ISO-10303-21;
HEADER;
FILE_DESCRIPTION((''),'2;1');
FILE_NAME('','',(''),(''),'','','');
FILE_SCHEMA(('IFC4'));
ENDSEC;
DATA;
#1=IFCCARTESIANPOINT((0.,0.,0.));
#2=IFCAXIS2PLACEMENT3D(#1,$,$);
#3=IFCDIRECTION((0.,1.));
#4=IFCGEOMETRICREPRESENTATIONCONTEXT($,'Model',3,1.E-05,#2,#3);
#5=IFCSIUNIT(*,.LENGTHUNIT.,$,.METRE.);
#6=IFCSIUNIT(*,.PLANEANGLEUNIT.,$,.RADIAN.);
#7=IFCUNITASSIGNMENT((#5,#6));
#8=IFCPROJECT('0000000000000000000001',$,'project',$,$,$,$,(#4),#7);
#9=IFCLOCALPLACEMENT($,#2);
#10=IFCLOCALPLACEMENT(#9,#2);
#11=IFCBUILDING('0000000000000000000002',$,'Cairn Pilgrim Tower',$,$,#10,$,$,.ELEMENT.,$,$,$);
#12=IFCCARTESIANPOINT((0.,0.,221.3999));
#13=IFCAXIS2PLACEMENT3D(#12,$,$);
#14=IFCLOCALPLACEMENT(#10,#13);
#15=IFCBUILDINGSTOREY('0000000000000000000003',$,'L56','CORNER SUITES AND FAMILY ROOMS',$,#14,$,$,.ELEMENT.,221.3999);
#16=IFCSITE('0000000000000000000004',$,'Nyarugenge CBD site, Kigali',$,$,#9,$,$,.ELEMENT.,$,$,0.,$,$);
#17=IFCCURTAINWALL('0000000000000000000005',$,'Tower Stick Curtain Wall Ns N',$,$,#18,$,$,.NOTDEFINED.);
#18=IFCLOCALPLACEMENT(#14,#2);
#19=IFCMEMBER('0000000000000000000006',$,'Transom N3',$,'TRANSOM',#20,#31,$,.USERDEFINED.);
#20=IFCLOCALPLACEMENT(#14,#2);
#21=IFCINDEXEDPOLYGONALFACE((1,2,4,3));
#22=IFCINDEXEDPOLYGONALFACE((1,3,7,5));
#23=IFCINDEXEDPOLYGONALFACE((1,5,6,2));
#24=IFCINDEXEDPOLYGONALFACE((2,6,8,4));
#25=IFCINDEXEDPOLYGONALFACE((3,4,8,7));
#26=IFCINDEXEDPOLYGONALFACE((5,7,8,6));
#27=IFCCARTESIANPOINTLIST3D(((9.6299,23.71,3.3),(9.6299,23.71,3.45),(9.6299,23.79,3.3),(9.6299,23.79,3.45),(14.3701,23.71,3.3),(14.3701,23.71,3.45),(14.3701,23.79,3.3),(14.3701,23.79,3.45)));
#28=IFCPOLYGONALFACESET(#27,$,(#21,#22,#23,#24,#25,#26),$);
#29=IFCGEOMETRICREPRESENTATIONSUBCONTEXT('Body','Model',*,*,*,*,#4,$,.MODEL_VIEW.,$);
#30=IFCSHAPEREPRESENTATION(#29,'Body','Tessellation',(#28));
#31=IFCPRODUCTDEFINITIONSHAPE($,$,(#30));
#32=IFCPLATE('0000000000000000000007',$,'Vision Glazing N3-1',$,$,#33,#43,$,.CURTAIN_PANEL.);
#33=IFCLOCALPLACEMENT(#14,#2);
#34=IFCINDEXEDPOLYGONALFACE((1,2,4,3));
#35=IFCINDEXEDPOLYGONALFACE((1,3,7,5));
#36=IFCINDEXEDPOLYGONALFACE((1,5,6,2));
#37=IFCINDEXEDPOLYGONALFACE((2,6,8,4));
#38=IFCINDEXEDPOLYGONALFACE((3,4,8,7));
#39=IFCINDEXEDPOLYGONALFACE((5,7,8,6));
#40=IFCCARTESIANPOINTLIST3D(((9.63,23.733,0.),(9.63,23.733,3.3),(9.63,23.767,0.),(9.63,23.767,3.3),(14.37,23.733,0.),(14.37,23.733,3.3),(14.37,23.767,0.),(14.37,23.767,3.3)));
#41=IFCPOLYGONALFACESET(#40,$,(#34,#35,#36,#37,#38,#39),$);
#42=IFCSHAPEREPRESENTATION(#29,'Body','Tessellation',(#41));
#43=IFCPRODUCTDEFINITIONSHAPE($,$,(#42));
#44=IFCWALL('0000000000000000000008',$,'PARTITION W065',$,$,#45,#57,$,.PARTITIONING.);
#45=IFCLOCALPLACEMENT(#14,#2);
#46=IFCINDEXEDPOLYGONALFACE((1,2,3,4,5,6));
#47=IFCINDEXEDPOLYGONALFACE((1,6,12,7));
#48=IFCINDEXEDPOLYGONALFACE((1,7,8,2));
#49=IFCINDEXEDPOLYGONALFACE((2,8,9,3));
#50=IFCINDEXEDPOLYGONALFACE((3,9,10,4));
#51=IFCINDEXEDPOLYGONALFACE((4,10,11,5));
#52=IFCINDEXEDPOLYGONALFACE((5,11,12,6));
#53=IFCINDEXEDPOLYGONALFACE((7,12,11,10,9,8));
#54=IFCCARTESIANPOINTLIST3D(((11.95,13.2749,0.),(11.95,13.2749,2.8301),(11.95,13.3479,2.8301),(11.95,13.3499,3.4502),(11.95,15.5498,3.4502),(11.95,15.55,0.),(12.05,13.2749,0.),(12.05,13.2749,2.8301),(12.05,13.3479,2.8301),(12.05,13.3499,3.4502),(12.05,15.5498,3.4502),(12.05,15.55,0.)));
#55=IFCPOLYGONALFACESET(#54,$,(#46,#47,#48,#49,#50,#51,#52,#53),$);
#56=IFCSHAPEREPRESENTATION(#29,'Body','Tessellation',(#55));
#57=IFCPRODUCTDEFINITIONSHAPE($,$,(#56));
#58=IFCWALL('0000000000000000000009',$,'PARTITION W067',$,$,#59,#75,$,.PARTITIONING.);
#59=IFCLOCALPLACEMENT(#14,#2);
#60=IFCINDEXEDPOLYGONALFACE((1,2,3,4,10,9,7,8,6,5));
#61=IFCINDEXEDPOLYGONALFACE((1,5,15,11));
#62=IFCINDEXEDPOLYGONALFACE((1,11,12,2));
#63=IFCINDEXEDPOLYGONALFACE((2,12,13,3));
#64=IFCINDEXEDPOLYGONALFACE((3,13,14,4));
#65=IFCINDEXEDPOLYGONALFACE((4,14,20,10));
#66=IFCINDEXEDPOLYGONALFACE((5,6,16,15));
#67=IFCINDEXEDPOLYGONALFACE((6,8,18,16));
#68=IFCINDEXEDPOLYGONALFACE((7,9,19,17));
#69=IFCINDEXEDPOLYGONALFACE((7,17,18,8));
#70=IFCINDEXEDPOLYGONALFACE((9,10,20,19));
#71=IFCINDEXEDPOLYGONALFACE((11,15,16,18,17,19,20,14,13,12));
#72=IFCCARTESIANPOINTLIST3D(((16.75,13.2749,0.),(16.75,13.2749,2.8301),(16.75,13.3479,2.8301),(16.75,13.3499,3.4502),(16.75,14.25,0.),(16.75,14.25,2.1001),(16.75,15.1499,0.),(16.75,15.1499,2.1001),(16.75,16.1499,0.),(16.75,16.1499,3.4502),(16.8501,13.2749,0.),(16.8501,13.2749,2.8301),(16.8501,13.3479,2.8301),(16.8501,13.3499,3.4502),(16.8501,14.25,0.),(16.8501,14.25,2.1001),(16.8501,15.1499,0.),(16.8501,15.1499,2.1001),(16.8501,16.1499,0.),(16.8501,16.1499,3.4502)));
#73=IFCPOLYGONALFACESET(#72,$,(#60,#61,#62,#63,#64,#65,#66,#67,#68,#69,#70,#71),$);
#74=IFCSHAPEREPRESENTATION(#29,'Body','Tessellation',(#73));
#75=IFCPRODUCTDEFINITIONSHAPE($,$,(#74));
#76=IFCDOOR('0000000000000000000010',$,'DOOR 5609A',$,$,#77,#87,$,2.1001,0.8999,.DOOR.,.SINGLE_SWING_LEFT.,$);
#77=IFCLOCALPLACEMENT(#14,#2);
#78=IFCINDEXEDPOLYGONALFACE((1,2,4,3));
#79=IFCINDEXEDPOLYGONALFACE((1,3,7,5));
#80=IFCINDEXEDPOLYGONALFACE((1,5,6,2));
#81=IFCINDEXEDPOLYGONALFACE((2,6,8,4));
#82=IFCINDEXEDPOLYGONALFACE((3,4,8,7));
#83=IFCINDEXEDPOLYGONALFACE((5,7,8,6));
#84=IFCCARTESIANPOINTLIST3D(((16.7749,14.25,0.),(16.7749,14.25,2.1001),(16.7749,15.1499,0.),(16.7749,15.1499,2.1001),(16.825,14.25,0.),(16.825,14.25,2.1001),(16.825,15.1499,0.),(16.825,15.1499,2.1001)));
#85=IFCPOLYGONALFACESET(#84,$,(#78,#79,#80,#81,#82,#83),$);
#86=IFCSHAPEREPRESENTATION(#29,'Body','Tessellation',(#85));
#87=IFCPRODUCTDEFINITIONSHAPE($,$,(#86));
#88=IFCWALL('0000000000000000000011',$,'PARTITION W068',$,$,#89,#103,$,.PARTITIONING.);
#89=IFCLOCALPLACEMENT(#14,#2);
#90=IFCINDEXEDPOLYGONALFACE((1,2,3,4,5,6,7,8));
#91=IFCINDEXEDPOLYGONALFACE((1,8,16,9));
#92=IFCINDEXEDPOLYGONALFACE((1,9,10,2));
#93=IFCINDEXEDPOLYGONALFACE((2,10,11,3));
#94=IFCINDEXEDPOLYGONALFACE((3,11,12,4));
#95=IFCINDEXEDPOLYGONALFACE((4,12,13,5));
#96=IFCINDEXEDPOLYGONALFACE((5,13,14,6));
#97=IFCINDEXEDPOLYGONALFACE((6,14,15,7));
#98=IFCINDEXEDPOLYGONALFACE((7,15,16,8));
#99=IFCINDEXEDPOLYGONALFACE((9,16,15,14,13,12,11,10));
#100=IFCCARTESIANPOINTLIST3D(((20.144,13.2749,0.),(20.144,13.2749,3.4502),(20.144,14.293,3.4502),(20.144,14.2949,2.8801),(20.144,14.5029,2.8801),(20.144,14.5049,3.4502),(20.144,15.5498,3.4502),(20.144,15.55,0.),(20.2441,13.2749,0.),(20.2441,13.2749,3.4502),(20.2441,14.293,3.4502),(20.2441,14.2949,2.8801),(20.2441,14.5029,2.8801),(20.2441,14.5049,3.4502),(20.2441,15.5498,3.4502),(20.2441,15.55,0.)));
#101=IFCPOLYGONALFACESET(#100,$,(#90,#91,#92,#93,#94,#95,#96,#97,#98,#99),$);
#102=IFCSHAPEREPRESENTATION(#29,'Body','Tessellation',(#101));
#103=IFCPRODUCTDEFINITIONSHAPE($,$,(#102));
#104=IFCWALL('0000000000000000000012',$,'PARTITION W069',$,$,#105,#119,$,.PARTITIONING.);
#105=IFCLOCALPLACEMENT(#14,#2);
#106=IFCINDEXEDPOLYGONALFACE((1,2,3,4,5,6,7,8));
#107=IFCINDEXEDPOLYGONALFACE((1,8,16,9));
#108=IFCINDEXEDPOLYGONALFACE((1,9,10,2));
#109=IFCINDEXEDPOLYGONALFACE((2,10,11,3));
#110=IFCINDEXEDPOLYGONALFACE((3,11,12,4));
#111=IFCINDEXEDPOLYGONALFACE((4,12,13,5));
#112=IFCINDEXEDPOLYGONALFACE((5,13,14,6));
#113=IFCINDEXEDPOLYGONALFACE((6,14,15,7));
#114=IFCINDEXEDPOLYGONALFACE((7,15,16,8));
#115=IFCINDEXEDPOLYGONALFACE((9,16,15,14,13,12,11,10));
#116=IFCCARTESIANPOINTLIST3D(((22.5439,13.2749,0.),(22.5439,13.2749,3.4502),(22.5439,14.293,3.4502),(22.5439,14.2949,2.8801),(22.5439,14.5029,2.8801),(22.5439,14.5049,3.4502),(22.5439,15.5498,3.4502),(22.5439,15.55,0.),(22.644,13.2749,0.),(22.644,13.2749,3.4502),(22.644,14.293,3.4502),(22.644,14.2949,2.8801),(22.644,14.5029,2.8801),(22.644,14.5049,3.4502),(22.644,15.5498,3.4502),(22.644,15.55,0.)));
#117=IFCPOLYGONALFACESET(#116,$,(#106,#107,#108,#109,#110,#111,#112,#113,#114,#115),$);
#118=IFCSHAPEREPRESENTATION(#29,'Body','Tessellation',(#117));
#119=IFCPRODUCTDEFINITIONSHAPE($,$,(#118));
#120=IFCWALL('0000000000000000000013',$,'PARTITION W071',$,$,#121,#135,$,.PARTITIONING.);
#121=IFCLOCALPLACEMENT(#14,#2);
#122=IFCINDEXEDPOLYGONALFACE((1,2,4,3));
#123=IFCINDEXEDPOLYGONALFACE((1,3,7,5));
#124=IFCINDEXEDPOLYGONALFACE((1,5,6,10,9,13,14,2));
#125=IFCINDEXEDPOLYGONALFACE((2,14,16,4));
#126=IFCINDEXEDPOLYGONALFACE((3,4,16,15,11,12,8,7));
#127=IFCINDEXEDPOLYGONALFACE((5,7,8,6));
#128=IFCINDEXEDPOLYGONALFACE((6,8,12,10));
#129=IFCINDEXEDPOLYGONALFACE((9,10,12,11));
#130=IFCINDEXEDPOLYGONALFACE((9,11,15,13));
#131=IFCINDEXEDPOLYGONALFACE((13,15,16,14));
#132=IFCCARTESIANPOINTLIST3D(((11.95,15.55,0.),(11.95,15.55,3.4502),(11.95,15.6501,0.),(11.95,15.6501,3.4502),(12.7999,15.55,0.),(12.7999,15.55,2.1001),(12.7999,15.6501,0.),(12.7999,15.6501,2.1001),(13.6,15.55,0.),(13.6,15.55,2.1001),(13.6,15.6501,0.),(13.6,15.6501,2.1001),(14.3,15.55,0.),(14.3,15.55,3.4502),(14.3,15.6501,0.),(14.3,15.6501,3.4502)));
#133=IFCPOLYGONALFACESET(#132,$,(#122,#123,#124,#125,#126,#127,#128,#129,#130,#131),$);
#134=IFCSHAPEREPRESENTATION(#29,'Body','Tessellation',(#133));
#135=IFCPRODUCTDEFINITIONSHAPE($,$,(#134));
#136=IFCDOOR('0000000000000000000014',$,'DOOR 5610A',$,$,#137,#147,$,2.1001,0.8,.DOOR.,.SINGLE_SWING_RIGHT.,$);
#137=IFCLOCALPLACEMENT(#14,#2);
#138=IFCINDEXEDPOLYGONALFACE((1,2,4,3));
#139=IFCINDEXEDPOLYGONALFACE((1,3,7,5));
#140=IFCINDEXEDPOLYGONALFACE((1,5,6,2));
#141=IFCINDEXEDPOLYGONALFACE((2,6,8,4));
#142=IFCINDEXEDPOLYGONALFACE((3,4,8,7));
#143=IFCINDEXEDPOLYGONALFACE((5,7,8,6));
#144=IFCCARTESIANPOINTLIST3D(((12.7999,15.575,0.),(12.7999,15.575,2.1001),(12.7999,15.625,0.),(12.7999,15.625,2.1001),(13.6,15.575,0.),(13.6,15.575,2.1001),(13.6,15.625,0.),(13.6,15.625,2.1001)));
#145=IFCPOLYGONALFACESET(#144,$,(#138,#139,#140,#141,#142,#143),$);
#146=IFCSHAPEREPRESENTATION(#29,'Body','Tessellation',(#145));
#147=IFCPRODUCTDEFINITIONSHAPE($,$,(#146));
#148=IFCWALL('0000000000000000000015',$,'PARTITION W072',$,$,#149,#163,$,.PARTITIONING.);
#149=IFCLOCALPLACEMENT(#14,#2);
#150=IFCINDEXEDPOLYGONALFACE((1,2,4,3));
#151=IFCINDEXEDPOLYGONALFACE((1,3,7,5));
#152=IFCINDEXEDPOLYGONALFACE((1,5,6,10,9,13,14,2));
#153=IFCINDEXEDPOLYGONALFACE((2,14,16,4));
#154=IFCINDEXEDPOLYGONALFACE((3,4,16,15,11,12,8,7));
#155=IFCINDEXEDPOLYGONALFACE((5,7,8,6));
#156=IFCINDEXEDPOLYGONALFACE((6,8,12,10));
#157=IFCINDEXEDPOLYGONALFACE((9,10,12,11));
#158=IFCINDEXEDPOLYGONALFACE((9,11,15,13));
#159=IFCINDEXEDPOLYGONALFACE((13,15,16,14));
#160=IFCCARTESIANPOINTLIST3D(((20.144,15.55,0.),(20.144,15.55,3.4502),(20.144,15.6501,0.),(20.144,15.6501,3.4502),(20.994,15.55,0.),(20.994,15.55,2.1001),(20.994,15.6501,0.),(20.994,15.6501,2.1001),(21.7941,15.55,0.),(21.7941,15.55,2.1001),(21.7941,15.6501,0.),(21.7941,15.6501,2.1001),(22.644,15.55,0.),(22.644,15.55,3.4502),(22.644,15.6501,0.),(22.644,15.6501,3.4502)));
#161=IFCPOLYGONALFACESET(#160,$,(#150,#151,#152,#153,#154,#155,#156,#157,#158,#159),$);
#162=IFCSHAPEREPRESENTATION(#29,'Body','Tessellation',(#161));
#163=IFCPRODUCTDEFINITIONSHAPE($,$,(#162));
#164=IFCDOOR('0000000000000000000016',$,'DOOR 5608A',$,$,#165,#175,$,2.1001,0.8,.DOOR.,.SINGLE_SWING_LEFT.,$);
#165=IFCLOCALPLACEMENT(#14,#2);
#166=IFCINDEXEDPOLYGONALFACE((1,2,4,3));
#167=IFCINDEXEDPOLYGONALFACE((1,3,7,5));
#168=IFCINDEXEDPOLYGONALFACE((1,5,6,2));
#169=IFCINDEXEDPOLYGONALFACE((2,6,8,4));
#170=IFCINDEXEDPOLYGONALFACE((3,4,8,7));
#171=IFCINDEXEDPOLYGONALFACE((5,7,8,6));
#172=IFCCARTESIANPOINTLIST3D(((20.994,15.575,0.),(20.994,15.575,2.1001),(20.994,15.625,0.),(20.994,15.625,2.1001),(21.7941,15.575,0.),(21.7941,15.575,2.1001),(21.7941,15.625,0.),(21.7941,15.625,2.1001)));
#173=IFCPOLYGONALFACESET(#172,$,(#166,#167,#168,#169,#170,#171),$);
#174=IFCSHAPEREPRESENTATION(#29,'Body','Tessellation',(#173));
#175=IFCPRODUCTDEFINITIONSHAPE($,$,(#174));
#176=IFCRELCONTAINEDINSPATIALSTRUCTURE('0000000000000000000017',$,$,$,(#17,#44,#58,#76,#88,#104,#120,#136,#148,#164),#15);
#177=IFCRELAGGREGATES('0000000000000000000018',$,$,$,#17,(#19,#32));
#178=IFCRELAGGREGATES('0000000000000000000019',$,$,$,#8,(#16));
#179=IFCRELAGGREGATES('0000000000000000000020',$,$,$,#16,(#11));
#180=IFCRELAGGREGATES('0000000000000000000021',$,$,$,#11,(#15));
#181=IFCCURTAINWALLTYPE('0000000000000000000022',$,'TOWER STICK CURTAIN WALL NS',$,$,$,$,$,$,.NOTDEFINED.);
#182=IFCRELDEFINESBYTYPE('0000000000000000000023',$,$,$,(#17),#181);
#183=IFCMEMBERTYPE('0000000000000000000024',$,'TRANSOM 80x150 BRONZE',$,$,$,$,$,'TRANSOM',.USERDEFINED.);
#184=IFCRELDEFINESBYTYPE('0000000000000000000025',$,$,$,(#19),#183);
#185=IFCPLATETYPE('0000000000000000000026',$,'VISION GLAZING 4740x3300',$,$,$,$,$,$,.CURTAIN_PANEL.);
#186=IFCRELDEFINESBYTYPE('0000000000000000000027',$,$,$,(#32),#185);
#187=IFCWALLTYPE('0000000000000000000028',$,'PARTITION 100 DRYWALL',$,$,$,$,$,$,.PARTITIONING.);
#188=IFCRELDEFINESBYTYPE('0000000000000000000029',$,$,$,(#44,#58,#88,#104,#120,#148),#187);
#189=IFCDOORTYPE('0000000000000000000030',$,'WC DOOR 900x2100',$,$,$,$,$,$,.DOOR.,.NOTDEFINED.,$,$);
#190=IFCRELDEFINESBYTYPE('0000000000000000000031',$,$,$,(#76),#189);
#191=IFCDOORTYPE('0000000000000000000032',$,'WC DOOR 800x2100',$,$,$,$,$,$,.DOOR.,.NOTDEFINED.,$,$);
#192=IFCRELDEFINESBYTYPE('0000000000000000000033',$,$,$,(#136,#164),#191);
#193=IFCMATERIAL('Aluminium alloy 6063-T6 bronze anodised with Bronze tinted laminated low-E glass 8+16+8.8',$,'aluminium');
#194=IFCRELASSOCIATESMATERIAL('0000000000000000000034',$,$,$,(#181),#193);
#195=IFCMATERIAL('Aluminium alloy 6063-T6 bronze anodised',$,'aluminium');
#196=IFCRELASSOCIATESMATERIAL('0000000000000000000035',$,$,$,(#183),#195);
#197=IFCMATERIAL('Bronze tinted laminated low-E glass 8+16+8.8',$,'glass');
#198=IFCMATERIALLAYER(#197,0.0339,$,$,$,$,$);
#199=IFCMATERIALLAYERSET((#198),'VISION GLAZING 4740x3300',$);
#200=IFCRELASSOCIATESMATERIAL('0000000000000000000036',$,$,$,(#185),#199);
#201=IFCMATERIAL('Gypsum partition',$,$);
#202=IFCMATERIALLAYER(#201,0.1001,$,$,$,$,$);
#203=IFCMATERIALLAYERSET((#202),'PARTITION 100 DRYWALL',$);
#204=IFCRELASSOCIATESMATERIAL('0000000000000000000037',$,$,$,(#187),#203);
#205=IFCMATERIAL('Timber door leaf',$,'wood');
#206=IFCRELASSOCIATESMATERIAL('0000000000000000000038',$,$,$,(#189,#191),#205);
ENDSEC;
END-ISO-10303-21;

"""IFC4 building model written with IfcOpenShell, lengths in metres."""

from ifc_helpers import new_model, si_unit, direction, frame, frame_2d, origin, origin_2d, place, context, subcontext, project, spatial, polyline, rectangle, outline, extrude, material, layer, layer_set, material_profile, profile_set, type_object, element, fill, aggregate, save


model = new_model("IFC4")

# Units and contexts
model_context = context("Model", 3, precision=1e-05, world=origin(), true_north=direction((0.0, 1.0)))
body_context = subcontext(model_context, "Body", "Model", "MODEL_VIEW")
ifc_project = project(units=[si_unit("LENGTHUNIT", "METRE"), si_unit("PLANEANGLEUNIT", "RADIAN")], contexts=[model_context])

# Site, building, storey
site_placement = place(None, origin())
site = spatial("IfcSite", under=ifc_project, at=site_placement, Name="Nyarugenge CBD site, Kigali", CompositionType="ELEMENT", RefElevation=0.0)
building_placement = place(site_placement, origin())
building = spatial("IfcBuilding", under=site, at=building_placement, Name="Cairn Pilgrim Tower", CompositionType="ELEMENT")
storey_placement = place(building_placement, frame((0.0, 0.0, 221.3999)))
storey = spatial("IfcBuildingStorey", under=building, at=storey_placement, Name="L56", Description="CORNER SUITES AND FAMILY ROOMS", CompositionType="ELEMENT", Elevation=221.3999)

# Curtain wall
ifc_material_1 = material(Name="Aluminium alloy 6063-T6 bronze anodised with Bronze tinted laminated low-E glass 8+16+8.8", Category="aluminium")
curtain_wall_type = type_object("IfcCurtainWallType", Name="TOWER STICK CURTAIN WALL NS", PredefinedType="NOTDEFINED", material=ifc_material_1)
curtain_wall_placement = place(storey_placement, origin())
curtain_wall = element("IfcCurtainWall", 1, at=curtain_wall_placement, inside=storey, type_object=curtain_wall_type, Name="Tower Stick Curtain Wall Ns N", PredefinedType="NOTDEFINED")
ifc_material_2 = material(Name="Aluminium alloy 6063-T6 bronze anodised", Category="aluminium")

# Member
ifc_material_profile_1 = material_profile(ifc_material_2, rectangle(XDim=0.0801, YDim=0.1499, at=origin_2d()), Name="TRANSOM 80x150 BRONZE")
ifc_profile_set_1 = profile_set([ifc_material_profile_1], Name="Aluminium alloy 6063-T6 bronze anodised")
member_type_1 = type_object("IfcMemberType", Name="TRANSOM 80x150 BRONZE", ElementType="TRANSOM", PredefinedType="USERDEFINED", material=ifc_profile_set_1)
member_1_placement = place(storey_placement, frame((14.3701, 23.75, 3.375), z_axis=(-1.0, 0.0, 0.0), x_axis=(0.0, -1.0, 0.0)))
member_1 = element("IfcMember", 2, at=member_1_placement, type_object=member_type_1, Name="Transom N3", ObjectType="TRANSOM", PredefinedType="USERDEFINED", context=body_context, shape_type="SweptSolid", body=[
    extrude(rectangle(XDim=0.0801, YDim=0.1499, at=origin_2d()), origin(), (0.0, 0.0, 1.0), 4.7402),
])

# Plate
ifc_material_3 = material(Name="Bronze tinted laminated low-E glass 8+16+8.8", Category="glass")
ifc_layer_1 = layer(ifc_material_3, 0.0339)
ifc_layer_set_1 = layer_set([ifc_layer_1], Name="VISION GLAZING 4740x3300")
plate_type = type_object("IfcPlateType", Name="VISION GLAZING 4740x3300", PredefinedType="CURTAIN_PANEL", material=ifc_layer_set_1)
plate_placement = place(storey_placement, frame((12.0, 23.75, 0.0), z_axis=(0.0, 0.0, 1.0), x_axis=(-1.0, 0.0, 0.0)))
plate = element("IfcPlate", 3, at=plate_placement, type_object=plate_type, Name="Vision Glazing N3-1", PredefinedType="CURTAIN_PANEL", context=body_context, shape_type="SweptSolid", body=[
    extrude(rectangle(XDim=4.74, YDim=0.0339, at=origin_2d()), origin(), (0.0, 0.0, 1.0), 3.3),
])
aggregate(curtain_wall, [member_1, plate])

# Wall
ifc_material_4 = material(Name="Gypsum partition")
ifc_layer_2 = layer(ifc_material_4, 0.1001)
ifc_layer_set_2 = layer_set([ifc_layer_2], Name="PARTITION 100 DRYWALL")
wall_type_1 = type_object("IfcWallType", Name="PARTITION 100 DRYWALL", PredefinedType="PARTITIONING", material=ifc_layer_set_2)
wall_1_placement = place(storey_placement, frame((12.0, 13.2749, 0.0), z_axis=(0.0, 0.0, 1.0), x_axis=(0.0, 1.0, 0.0)))
element("IfcWall", 4, at=wall_1_placement, inside=storey, type_object=wall_type_1, Name="PARTITION W065", PredefinedType="PARTITIONING", context=body_context, shape_type="SweptSolid", body=[
    extrude(outline(polyline([(0.0, 0.0), (2.2751, 0.0), (2.2749, 3.4502), (0.075, 3.4502), (0.073, 2.8301), (0.0, 2.8301), (0.0, 0.0)])), frame((0.0, 0.05, 0.0), z_axis=(0.0, -1.0, 0.0), x_axis=(1.0, 0.0, 0.0)), (0.0, 0.0, 1.0), 0.1001),
])

# Wall, opening, door
wall_2_placement = place(storey_placement, frame((16.8, 13.2749, 0.0), z_axis=(0.0, 0.0, 1.0), x_axis=(0.0, 1.0, 0.0)))
wall_2 = element("IfcWall", 5, at=wall_2_placement, inside=storey, type_object=wall_type_1, Name="PARTITION W067", PredefinedType="PARTITIONING", context=body_context, shape_type="SweptSolid", body=[
    extrude(outline(polyline([(0.0, 0.0), (2.875, 0.0), (2.875, 3.4502), (0.075, 3.4502), (0.073, 2.8301), (0.0, 2.8301), (0.0, 0.0)])), frame((0.0, 0.05, 0.0), z_axis=(0.0, -1.0, 0.0), x_axis=(1.0, 0.0, 0.0)), (0.0, 0.0, 1.0), 0.1001),
])
opening_1_placement = place(wall_2_placement, frame((0.9751, 0.0, 0.0)))
opening_1 = element("IfcOpeningElement", 6, at=opening_1_placement, cuts=wall_2, PredefinedType="OPENING", context=body_context, shape_type="SweptSolid", body=[
    extrude(rectangle(XDim=0.8999, YDim=2.1001, at=frame_2d((0.45, 1.05))), frame((0.0, 0.0601, 0.0), z_axis=(0.0, -1.0, 0.0), x_axis=(1.0, 0.0, 0.0)), (0.0, 0.0, 1.0), 0.1201),
])
ifc_material_5 = material(Name="Timber door leaf", Category="wood")
door_type_1 = type_object("IfcDoorType", Name="WC DOOR 900x2100", OperationType="NOTDEFINED", PredefinedType="DOOR", material=ifc_material_5)
door_1_placement = place(opening_1_placement, frame((0.8999, 0.0, 0.0), z_axis=(0.0, 0.0, 1.0), x_axis=(-1.0, 0.0, 0.0)))
door_1 = element("IfcDoor", 7, at=door_1_placement, inside=storey, type_object=door_type_1, Name="DOOR 5609A", OperationType="SINGLE_SWING_LEFT", OverallHeight=2.1001, OverallWidth=0.8999, PredefinedType="DOOR", context=body_context, shape_type="SweptSolid", body=[
    extrude(rectangle(XDim=0.8999, YDim=2.1001, at=frame_2d((0.45, 1.05))), frame((0.0, 0.0249, 0.0), z_axis=(0.0, -1.0, 0.0), x_axis=(1.0, 0.0, 0.0)), (0.0, 0.0, 1.0), 0.05),
])
fill(opening_1, door_1)

# Walls
for number, where, z_axis, x_axis, name in (
    (8, (20.1941, 13.2749, 0.0), (0.0, 0.0, 1.0), (0.0, 1.0, 0.0), "PARTITION W068"),
    (9, (22.594, 13.2749, 0.0), (0.0, 0.0, 1.0), (0.0, 1.0, 0.0), "PARTITION W069"),
):
    element("IfcWall", number, at=place(storey_placement, frame(where, z_axis=z_axis, x_axis=x_axis)), inside=storey, type_object=wall_type_1, Name=name, PredefinedType="PARTITIONING", context=body_context, shape_type="SweptSolid", body=[
        extrude(outline(polyline([(0.0, 0.0), (2.2751, 0.0), (2.2749, 3.4502), (1.23, 3.4502), (1.228, 2.8801), (1.02, 2.8801), (1.0181, 3.4502), (0.0, 3.4502), (0.0, 0.0)])), frame((0.0, 0.05, 0.0), z_axis=(0.0, -1.0, 0.0), x_axis=(1.0, 0.0, 0.0)), (0.0, 0.0, 1.0), 0.1001),
    ])

# Walls, openings, doors
wall_3_placement = place(storey_placement, frame((11.95, 15.6001, 0.0), z_axis=(0.0, 0.0, 1.0), x_axis=(1.0, 0.0, 0.0)))
wall_3 = element("IfcWall", 10, at=wall_3_placement, inside=storey, type_object=wall_type_1, Name="PARTITION W071", PredefinedType="PARTITIONING", context=body_context, shape_type="SweptSolid", body=[
    extrude(rectangle(XDim=2.3501, YDim=0.1001, at=frame_2d((1.175, 0.0))), origin(), (0.0, 0.0, 1.0), 3.4502),
])
opening_2_placement = place(wall_3_placement, frame((0.8501, 0.0, 0.0)))
opening_2 = element("IfcOpeningElement", 11, at=opening_2_placement, cuts=wall_3, PredefinedType="OPENING", context=body_context, shape_type="SweptSolid", body=[
    extrude(rectangle(XDim=0.8, YDim=2.1001, at=frame_2d((0.3999, 1.05))), frame((0.0, 0.0601, 0.0), z_axis=(0.0, -1.0, 0.0), x_axis=(1.0, 0.0, 0.0)), (0.0, 0.0, 1.0), 0.1201),
])
door_type_2 = type_object("IfcDoorType", Name="WC DOOR 800x2100", OperationType="NOTDEFINED", PredefinedType="DOOR", material=ifc_material_5)
door_2_placement = place(opening_2_placement, origin())
door_2 = element("IfcDoor", 12, at=door_2_placement, inside=storey, type_object=door_type_2, Name="DOOR 5610A", OperationType="SINGLE_SWING_RIGHT", OverallHeight=2.1001, OverallWidth=0.8, PredefinedType="DOOR", context=body_context, shape_type="SweptSolid", body=[
    extrude(rectangle(XDim=0.8, YDim=2.1001, at=frame_2d((0.3999, 1.05))), frame((0.0, 0.0249, 0.0), z_axis=(0.0, -1.0, 0.0), x_axis=(1.0, 0.0, 0.0)), (0.0, 0.0, 1.0), 0.05),
])
fill(opening_2, door_2)
wall_4_placement = place(storey_placement, frame((20.144, 15.6001, 0.0), z_axis=(0.0, 0.0, 1.0), x_axis=(1.0, 0.0, 0.0)))
wall_4 = element("IfcWall", 13, at=wall_4_placement, inside=storey, type_object=wall_type_1, Name="PARTITION W072", PredefinedType="PARTITIONING", context=body_context, shape_type="SweptSolid", body=[
    extrude(rectangle(XDim=2.5, YDim=0.1001, at=frame_2d((1.25, 0.0))), origin(), (0.0, 0.0, 1.0), 3.4502),
])
opening_3_placement = place(wall_4_placement, frame((0.8501, 0.0, 0.0)))
opening_3 = element("IfcOpeningElement", 14, at=opening_3_placement, cuts=wall_4, PredefinedType="OPENING", context=body_context, shape_type="SweptSolid", body=[
    extrude(rectangle(XDim=0.8, YDim=2.1001, at=frame_2d((0.3999, 1.05))), frame((0.0, 0.0601, 0.0), z_axis=(0.0, -1.0, 0.0), x_axis=(1.0, 0.0, 0.0)), (0.0, 0.0, 1.0), 0.1201),
])
door_3_placement = place(opening_3_placement, origin())
door_3 = element("IfcDoor", 15, at=door_3_placement, inside=storey, type_object=door_type_2, Name="DOOR 5608A", OperationType="SINGLE_SWING_LEFT", OverallHeight=2.1001, OverallWidth=0.8, PredefinedType="DOOR", context=body_context, shape_type="SweptSolid", body=[
    extrude(rectangle(XDim=0.8, YDim=2.1001, at=frame_2d((0.3999, 1.05))), frame((0.0, 0.0249, 0.0), z_axis=(0.0, -1.0, 0.0), x_axis=(1.0, 0.0, 0.0)), (0.0, 0.0, 1.0), 0.05),
])
fill(opening_3, door_3)

save(model, "model.ifc")
